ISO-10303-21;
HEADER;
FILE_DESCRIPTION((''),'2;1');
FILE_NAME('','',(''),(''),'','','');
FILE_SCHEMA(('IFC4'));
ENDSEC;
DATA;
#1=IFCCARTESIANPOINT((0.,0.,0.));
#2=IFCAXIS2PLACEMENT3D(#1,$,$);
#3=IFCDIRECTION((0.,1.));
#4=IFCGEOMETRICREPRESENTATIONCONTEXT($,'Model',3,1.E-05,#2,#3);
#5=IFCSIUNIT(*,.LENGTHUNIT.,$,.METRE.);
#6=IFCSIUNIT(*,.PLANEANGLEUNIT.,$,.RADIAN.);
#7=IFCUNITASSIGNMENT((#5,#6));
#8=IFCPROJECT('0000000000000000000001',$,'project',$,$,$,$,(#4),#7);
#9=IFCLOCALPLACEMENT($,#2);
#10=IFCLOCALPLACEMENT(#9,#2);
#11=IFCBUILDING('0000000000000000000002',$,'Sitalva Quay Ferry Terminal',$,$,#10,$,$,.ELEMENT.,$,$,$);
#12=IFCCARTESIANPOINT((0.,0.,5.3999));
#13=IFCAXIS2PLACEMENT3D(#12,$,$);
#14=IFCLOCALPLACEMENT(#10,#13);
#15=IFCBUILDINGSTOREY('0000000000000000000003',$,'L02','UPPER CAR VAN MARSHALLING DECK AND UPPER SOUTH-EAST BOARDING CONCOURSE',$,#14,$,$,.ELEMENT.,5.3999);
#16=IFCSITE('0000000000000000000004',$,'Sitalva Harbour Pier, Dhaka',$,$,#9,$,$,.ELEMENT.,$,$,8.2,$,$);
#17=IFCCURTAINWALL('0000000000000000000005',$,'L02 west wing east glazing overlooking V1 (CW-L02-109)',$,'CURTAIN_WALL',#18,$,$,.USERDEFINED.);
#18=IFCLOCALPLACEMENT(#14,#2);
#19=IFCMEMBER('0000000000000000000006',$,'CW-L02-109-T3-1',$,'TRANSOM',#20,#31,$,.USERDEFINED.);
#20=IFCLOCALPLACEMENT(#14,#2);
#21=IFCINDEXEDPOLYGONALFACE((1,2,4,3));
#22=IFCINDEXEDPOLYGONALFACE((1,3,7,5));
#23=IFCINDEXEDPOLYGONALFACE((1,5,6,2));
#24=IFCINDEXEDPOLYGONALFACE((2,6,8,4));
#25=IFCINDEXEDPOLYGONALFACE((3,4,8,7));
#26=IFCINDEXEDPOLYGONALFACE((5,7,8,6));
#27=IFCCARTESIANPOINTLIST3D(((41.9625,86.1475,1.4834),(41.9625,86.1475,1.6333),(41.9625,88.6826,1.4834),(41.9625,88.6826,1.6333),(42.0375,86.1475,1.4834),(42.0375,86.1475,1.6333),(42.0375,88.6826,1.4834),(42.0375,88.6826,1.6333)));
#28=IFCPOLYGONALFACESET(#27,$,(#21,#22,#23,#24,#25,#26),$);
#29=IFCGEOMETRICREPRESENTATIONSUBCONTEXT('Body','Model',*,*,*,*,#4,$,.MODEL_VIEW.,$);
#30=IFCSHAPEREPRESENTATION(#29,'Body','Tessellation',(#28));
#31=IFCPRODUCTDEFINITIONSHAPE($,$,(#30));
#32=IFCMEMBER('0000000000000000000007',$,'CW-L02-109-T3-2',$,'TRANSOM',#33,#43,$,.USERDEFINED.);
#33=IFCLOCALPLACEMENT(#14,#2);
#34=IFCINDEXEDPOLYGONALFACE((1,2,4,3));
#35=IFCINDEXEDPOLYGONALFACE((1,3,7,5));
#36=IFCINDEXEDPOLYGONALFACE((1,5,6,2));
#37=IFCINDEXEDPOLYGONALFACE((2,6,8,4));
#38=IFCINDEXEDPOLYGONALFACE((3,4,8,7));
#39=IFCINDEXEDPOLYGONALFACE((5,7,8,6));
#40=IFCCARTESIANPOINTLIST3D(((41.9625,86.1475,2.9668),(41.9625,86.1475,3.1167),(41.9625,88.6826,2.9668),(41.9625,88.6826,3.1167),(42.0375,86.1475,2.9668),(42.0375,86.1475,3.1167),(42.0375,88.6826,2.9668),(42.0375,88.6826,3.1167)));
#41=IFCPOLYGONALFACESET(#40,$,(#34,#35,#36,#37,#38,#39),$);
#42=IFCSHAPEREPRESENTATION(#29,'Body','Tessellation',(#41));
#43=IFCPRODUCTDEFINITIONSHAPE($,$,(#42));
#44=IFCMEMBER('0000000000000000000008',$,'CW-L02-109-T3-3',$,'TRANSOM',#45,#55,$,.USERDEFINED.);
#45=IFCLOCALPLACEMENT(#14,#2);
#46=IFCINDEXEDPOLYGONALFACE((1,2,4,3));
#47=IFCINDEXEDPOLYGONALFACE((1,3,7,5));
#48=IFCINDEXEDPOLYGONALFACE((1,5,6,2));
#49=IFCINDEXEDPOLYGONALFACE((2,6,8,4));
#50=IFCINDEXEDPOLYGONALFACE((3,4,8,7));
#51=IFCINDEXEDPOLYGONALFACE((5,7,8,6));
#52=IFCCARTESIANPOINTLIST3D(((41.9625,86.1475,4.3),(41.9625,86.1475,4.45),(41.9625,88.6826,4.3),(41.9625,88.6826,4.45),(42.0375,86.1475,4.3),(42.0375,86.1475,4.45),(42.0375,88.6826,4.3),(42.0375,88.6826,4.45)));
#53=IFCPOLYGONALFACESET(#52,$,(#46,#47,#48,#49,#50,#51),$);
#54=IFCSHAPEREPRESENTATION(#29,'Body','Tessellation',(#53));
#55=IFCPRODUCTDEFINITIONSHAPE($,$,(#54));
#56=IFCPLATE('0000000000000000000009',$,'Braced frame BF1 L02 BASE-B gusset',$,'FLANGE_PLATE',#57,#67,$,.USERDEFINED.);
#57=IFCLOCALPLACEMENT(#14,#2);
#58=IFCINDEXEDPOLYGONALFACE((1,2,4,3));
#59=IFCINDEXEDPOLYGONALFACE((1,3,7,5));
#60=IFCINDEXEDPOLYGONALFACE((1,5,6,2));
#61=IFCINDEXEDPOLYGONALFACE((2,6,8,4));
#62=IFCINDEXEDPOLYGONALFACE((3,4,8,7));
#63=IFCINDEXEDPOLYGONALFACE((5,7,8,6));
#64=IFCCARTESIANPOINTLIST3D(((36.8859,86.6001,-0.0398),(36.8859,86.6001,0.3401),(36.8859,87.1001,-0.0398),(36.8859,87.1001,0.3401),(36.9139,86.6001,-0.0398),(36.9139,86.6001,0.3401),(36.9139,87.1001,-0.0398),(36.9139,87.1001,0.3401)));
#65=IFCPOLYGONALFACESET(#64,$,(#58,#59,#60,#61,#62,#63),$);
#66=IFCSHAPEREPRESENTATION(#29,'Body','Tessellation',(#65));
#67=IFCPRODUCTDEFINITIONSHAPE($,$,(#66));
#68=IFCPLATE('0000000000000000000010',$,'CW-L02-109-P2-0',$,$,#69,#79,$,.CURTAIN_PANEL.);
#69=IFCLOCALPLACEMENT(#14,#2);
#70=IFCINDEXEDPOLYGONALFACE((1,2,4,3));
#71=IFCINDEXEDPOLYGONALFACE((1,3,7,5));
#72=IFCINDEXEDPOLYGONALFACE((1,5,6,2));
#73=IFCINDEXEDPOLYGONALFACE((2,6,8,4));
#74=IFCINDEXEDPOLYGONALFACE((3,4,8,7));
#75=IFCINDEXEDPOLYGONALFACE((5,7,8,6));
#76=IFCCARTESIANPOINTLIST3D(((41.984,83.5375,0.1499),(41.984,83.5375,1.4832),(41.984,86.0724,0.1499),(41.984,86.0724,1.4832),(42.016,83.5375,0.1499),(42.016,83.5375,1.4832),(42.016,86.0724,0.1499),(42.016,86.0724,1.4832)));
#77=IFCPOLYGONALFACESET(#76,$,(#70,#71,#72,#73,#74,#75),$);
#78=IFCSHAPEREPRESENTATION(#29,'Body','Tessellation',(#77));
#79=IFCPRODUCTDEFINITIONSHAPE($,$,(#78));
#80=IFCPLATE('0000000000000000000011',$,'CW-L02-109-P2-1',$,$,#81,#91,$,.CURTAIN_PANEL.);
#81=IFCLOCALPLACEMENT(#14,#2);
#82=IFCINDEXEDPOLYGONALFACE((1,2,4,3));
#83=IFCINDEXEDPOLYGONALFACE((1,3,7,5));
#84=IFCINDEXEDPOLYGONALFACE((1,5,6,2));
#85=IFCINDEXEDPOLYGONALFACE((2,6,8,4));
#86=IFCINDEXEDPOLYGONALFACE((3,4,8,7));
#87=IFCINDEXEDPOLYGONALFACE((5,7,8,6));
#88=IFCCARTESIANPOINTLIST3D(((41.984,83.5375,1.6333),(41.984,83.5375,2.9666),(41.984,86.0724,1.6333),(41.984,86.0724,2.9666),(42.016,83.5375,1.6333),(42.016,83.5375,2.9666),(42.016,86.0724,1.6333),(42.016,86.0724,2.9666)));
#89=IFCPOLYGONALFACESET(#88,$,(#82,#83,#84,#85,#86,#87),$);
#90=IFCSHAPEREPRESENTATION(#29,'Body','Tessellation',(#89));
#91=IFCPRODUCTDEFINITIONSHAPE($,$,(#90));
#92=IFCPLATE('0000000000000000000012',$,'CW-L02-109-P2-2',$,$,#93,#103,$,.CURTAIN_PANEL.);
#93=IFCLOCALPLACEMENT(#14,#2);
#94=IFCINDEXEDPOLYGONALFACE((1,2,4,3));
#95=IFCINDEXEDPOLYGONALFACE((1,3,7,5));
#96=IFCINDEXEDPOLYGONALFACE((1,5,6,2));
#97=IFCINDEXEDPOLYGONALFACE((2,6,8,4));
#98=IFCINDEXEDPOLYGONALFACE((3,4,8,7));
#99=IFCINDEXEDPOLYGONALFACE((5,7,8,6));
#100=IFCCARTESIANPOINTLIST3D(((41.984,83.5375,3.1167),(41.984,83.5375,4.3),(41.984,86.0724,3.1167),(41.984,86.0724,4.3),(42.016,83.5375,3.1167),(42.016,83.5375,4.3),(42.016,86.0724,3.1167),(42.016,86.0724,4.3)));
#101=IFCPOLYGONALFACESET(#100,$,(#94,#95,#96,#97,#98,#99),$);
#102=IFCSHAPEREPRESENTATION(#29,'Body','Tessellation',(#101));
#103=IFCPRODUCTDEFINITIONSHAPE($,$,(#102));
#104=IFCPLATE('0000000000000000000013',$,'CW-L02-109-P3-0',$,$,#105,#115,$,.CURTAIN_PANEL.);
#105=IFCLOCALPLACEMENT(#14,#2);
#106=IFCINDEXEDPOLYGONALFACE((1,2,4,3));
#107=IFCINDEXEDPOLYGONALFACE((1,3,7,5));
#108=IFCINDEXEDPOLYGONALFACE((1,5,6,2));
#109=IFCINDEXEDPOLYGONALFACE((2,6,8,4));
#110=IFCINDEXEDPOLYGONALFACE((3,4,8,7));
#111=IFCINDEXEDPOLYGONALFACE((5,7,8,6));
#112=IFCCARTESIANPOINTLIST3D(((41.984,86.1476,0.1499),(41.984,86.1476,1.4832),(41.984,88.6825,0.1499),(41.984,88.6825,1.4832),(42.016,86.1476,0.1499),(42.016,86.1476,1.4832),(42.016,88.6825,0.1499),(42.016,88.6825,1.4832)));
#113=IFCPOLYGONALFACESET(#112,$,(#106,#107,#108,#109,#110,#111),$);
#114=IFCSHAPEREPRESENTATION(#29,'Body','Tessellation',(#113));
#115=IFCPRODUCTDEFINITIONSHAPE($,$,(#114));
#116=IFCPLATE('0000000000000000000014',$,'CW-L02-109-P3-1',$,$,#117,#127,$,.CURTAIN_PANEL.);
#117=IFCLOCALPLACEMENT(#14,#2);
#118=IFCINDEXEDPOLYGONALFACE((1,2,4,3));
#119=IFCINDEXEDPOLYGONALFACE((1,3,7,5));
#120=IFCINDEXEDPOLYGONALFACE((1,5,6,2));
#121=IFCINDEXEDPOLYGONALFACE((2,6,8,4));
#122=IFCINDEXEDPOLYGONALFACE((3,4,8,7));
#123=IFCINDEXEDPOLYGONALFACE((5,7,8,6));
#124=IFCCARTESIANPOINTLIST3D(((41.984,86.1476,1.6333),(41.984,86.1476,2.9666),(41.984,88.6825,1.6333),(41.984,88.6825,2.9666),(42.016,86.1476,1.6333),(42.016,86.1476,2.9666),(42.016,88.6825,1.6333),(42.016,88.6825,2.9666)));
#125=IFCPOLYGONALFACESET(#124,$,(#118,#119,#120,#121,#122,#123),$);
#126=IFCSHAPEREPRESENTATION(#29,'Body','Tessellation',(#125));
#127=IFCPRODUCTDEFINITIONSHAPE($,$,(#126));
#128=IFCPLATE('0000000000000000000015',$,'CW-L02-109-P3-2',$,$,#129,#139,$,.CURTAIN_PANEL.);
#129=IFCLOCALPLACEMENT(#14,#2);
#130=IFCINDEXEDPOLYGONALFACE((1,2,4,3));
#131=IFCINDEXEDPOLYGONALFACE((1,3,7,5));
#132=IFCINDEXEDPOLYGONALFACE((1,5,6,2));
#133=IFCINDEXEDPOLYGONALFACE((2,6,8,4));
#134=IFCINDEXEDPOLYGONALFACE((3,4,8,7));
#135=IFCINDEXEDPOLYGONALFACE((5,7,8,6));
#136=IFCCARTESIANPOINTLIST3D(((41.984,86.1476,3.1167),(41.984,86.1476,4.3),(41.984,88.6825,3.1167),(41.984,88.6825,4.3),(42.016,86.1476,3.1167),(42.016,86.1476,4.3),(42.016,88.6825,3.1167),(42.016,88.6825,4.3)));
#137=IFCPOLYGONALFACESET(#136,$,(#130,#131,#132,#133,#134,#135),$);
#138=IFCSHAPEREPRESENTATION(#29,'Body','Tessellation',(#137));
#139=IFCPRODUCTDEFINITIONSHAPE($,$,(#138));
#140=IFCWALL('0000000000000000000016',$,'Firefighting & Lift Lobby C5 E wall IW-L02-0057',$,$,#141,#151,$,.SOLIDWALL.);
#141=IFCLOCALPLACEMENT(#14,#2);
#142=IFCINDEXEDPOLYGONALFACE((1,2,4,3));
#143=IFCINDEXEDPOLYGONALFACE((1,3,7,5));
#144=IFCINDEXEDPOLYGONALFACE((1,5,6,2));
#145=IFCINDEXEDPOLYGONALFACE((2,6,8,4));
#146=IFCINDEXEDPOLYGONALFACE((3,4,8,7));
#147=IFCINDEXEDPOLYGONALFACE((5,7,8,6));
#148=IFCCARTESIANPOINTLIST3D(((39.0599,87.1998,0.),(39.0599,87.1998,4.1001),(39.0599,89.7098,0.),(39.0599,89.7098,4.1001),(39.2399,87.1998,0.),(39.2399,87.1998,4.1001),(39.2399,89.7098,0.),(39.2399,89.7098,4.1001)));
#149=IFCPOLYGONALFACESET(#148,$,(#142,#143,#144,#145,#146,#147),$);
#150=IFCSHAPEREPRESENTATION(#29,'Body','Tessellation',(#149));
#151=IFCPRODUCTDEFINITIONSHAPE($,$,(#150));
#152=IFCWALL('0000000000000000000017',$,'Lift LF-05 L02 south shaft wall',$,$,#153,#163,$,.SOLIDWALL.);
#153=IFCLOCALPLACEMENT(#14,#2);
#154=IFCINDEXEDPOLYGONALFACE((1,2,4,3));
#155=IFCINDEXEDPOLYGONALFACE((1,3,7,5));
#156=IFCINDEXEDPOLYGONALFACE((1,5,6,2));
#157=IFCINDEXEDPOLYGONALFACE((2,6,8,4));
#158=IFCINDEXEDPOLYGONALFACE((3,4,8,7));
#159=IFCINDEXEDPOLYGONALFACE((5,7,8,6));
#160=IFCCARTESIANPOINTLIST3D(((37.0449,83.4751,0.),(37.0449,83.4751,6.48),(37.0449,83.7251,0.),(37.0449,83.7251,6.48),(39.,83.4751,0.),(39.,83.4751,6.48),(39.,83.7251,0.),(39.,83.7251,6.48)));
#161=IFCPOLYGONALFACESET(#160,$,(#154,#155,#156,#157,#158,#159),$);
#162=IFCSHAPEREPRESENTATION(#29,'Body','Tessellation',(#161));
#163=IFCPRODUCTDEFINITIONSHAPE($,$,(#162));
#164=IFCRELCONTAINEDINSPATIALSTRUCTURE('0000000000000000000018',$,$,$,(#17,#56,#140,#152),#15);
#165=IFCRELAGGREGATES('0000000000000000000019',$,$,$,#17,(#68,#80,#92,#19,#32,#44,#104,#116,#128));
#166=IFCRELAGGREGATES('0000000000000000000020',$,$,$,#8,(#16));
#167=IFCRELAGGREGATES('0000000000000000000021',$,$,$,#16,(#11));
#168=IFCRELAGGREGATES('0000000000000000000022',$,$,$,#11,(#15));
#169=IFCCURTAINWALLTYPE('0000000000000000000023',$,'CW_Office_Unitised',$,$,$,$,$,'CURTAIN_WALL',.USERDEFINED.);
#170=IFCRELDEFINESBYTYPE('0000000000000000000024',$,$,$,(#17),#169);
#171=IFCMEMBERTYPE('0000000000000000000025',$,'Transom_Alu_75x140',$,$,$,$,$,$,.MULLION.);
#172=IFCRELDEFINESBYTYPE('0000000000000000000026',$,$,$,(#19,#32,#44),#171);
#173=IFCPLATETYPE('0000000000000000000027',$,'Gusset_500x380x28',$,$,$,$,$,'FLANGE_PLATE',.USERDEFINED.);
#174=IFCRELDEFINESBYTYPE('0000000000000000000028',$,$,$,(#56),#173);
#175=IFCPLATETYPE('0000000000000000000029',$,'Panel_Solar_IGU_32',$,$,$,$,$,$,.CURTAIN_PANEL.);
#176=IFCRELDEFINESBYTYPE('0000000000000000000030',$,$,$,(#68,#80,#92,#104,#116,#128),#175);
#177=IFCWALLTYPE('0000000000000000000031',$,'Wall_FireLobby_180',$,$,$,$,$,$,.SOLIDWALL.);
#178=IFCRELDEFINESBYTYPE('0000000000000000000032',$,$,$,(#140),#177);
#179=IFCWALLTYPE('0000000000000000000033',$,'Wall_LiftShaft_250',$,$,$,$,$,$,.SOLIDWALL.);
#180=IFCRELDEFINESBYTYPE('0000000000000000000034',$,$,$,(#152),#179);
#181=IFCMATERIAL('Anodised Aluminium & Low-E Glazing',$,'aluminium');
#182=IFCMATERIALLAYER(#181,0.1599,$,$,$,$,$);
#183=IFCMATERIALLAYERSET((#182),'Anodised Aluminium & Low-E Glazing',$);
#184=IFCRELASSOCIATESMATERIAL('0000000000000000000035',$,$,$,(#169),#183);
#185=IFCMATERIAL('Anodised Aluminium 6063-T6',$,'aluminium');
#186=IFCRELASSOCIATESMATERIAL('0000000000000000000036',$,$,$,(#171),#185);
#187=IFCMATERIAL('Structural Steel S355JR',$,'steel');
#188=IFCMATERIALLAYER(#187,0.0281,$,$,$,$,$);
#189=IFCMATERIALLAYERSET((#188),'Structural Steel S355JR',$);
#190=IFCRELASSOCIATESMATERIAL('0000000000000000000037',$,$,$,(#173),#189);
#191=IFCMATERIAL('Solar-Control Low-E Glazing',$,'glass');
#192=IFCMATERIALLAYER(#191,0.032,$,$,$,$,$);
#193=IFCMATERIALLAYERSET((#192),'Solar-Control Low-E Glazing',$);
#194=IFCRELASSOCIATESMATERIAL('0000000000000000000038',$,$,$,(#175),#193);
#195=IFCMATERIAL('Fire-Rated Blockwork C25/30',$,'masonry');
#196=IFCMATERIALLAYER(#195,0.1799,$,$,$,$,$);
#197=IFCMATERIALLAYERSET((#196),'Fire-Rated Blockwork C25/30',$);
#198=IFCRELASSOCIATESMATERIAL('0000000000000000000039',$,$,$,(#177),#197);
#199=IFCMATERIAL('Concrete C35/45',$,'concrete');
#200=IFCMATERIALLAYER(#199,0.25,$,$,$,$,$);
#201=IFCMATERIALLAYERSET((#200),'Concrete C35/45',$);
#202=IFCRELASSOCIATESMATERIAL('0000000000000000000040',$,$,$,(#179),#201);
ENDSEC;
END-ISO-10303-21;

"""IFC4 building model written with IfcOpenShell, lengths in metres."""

from ifc_helpers import new_model, si_unit, direction, frame, frame_2d, origin, origin_2d, place, context, subcontext, project, spatial, rectangle, extrude, material, layer, layer_set, material_profile, profile_set, type_object, element, aggregate, save


model = new_model("IFC4")

# Units and contexts
model_context = context("Model", 3, precision=1e-05, world=origin(), true_north=direction((0.0, 1.0)))
body_context = subcontext(model_context, "Body", "Model", "MODEL_VIEW")
ifc_project = project(units=[si_unit("LENGTHUNIT", "METRE"), si_unit("PLANEANGLEUNIT", "RADIAN")], contexts=[model_context])

# Site, building, storey
site_placement = place(None, origin())
site = spatial("IfcSite", under=ifc_project, at=site_placement, Name="Sitalva Harbour Pier, Dhaka", CompositionType="ELEMENT", RefElevation=8.2)
building_placement = place(site_placement, origin())
building = spatial("IfcBuilding", under=site, at=building_placement, Name="Sitalva Quay Ferry Terminal", CompositionType="ELEMENT")
storey_placement = place(building_placement, frame((0.0, 0.0, 5.3999)))
storey = spatial("IfcBuildingStorey", under=building, at=storey_placement, Name="L02", Description="UPPER CAR VAN MARSHALLING DECK AND UPPER SOUTH-EAST BOARDING CONCOURSE", CompositionType="ELEMENT", Elevation=5.3999)

# Curtain wall, members
ifc_material_1 = material(Name="Anodised Aluminium & Low-E Glazing", Category="aluminium")
ifc_layer_1 = layer(ifc_material_1, 0.1599)
ifc_layer_set_1 = layer_set([ifc_layer_1], Name="Anodised Aluminium & Low-E Glazing")
curtain_wall_type = type_object("IfcCurtainWallType", Name="CW_Office_Unitised", ElementType="CURTAIN_WALL", PredefinedType="USERDEFINED", material=ifc_layer_set_1)
curtain_wall_placement = place(storey_placement, origin())
curtain_wall = element("IfcCurtainWall", 1, at=curtain_wall_placement, inside=storey, type_object=curtain_wall_type, Name="L02 west wing east glazing overlooking V1 (CW-L02-109)", ObjectType="CURTAIN_WALL", PredefinedType="USERDEFINED")
ifc_material_2 = material(Name="Anodised Aluminium 6063-T6", Category="aluminium")
ifc_material_profile_1 = material_profile(ifc_material_2, rectangle(XDim=0.075, YDim=0.1499, at=origin_2d()), Name="ALU75x150")
ifc_profile_set_1 = profile_set([ifc_material_profile_1], Name="Anodised Aluminium 6063-T6")
member_type_1 = type_object("IfcMemberType", Name="Transom_Alu_75x140", PredefinedType="MULLION", material=ifc_profile_set_1)
member_1_placement = place(storey_placement, frame((42.0, 86.1475, 1.5583), z_axis=(0.0, 1.0, 0.0), x_axis=(-1.0, 0.0, 0.0)))
member_1 = element("IfcMember", 2, at=member_1_placement, type_object=member_type_1, Name="CW-L02-109-T3-1", ObjectType="TRANSOM", PredefinedType="USERDEFINED", context=body_context, shape_type="SweptSolid", body=[
    extrude(rectangle(XDim=0.075, YDim=0.1499, at=origin_2d()), origin(), (0.0, 0.0, 1.0), 2.5352),
])
member_2_placement = place(storey_placement, frame((42.0, 86.1475, 3.0417), z_axis=(0.0, 1.0, 0.0), x_axis=(-1.0, 0.0, 0.0)))
member_2 = element("IfcMember", 3, at=member_2_placement, type_object=member_type_1, Name="CW-L02-109-T3-2", ObjectType="TRANSOM", PredefinedType="USERDEFINED", context=body_context, shape_type="SweptSolid", body=[
    extrude(rectangle(XDim=0.075, YDim=0.1499, at=origin_2d()), origin(), (0.0, 0.0, 1.0), 2.5352),
])
member_3_placement = place(storey_placement, frame((42.0, 86.1475, 4.375), z_axis=(0.0, 1.0, 0.0), x_axis=(-1.0, 0.0, 0.0)))
member_3 = element("IfcMember", 4, at=member_3_placement, type_object=member_type_1, Name="CW-L02-109-T3-3", ObjectType="TRANSOM", PredefinedType="USERDEFINED", context=body_context, shape_type="SweptSolid", body=[
    extrude(rectangle(XDim=0.075, YDim=0.1499, at=origin_2d()), origin(), (0.0, 0.0, 1.0), 2.5352),
])

# Plates
ifc_material_3 = material(Name="Structural Steel S355JR", Category="steel")
ifc_layer_2 = layer(ifc_material_3, 0.0281)
ifc_layer_set_2 = layer_set([ifc_layer_2], Name="Structural Steel S355JR")
plate_type_1 = type_object("IfcPlateType", Name="Gusset_500x380x28", ElementType="FLANGE_PLATE", PredefinedType="USERDEFINED", material=ifc_layer_set_2)
plate_1_placement = place(storey_placement, frame((36.8999, 86.8501, -0.0398), z_axis=(0.0, 0.0, 1.0), x_axis=(1.0, 0.0, 0.0)))
element("IfcPlate", 5, at=plate_1_placement, inside=storey, type_object=plate_type_1, Name="Braced frame BF1 L02 BASE-B gusset", ObjectType="FLANGE_PLATE", PredefinedType="USERDEFINED", context=body_context, shape_type="SweptSolid", body=[
    extrude(rectangle(XDim=0.0281, YDim=0.5, at=origin_2d()), origin(), (0.0, 0.0, 1.0), 0.3799),
])
ifc_material_4 = material(Name="Solar-Control Low-E Glazing", Category="glass")
ifc_layer_3 = layer(ifc_material_4, 0.032)
ifc_layer_set_3 = layer_set([ifc_layer_3], Name="Solar-Control Low-E Glazing")
plate_type_2 = type_object("IfcPlateType", Name="Panel_Solar_IGU_32", PredefinedType="CURTAIN_PANEL", material=ifc_layer_set_3)
plate_2_placement = place(storey_placement, frame((42.0, 84.8049, 0.1499), z_axis=(0.0, 0.0, 1.0), x_axis=(0.0, 1.0, 0.0)))
plate_2 = element("IfcPlate", 6, at=plate_2_placement, type_object=plate_type_2, Name="CW-L02-109-P2-0", PredefinedType="CURTAIN_PANEL", context=body_context, shape_type="SweptSolid", body=[
    extrude(rectangle(XDim=2.5349, YDim=0.032, at=origin_2d()), origin(), (0.0, 0.0, 1.0), 1.3333),
])
plate_3_placement = place(storey_placement, frame((42.0, 84.8049, 1.6333), z_axis=(0.0, 0.0, 1.0), x_axis=(0.0, 1.0, 0.0)))
plate_3 = element("IfcPlate", 7, at=plate_3_placement, type_object=plate_type_2, Name="CW-L02-109-P2-1", PredefinedType="CURTAIN_PANEL", context=body_context, shape_type="SweptSolid", body=[
    extrude(rectangle(XDim=2.5349, YDim=0.032, at=origin_2d()), origin(), (0.0, 0.0, 1.0), 1.3333),
])
plate_4_placement = place(storey_placement, frame((42.0, 84.8049, 3.1167), z_axis=(0.0, 0.0, 1.0), x_axis=(0.0, 1.0, 0.0)))
plate_4 = element("IfcPlate", 8, at=plate_4_placement, type_object=plate_type_2, Name="CW-L02-109-P2-2", PredefinedType="CURTAIN_PANEL", context=body_context, shape_type="SweptSolid", body=[
    extrude(rectangle(XDim=2.5349, YDim=0.032, at=origin_2d()), origin(), (0.0, 0.0, 1.0), 1.1833),
])
plate_5_placement = place(storey_placement, frame((42.0, 87.415, 0.1499), z_axis=(0.0, 0.0, 1.0), x_axis=(0.0, 1.0, 0.0)))
plate_5 = element("IfcPlate", 9, at=plate_5_placement, type_object=plate_type_2, Name="CW-L02-109-P3-0", PredefinedType="CURTAIN_PANEL", context=body_context, shape_type="SweptSolid", body=[
    extrude(rectangle(XDim=2.5349, YDim=0.032, at=origin_2d()), origin(), (0.0, 0.0, 1.0), 1.3333),
])
plate_6_placement = place(storey_placement, frame((42.0, 87.415, 1.6333), z_axis=(0.0, 0.0, 1.0), x_axis=(0.0, 1.0, 0.0)))
plate_6 = element("IfcPlate", 10, at=plate_6_placement, type_object=plate_type_2, Name="CW-L02-109-P3-1", PredefinedType="CURTAIN_PANEL", context=body_context, shape_type="SweptSolid", body=[
    extrude(rectangle(XDim=2.5349, YDim=0.032, at=origin_2d()), origin(), (0.0, 0.0, 1.0), 1.3333),
])
plate_7_placement = place(storey_placement, frame((42.0, 87.415, 3.1167), z_axis=(0.0, 0.0, 1.0), x_axis=(0.0, 1.0, 0.0)))
plate_7 = element("IfcPlate", 11, at=plate_7_placement, type_object=plate_type_2, Name="CW-L02-109-P3-2", PredefinedType="CURTAIN_PANEL", context=body_context, shape_type="SweptSolid", body=[
    extrude(rectangle(XDim=2.5349, YDim=0.032, at=origin_2d()), origin(), (0.0, 0.0, 1.0), 1.1833),
])
aggregate(curtain_wall, [plate_2, plate_3, plate_4, member_1, member_2, member_3, plate_5, plate_6, plate_7])

# Wall
ifc_material_5 = material(Name="Fire-Rated Blockwork C25/30", Category="masonry")
ifc_layer_4 = layer(ifc_material_5, 0.1799)
ifc_layer_set_4 = layer_set([ifc_layer_4], Name="Fire-Rated Blockwork C25/30")
wall_type_1 = type_object("IfcWallType", Name="Wall_FireLobby_180", PredefinedType="SOLIDWALL", material=ifc_layer_set_4)
wall_1_placement = place(storey_placement, frame((39.1499, 87.2, 0.0), z_axis=(0.0, 0.0, 1.0), x_axis=(0.0, 1.0, 0.0)))
element("IfcWall", 12, at=wall_1_placement, inside=storey, type_object=wall_type_1, Name="Firefighting & Lift Lobby C5 E wall IW-L02-0057", PredefinedType="SOLIDWALL", context=body_context, shape_type="SweptSolid", body=[
    extrude(rectangle(XDim=2.51, YDim=0.1799, at=frame_2d((1.2549, 0.0))), origin(), (0.0, 0.0, 1.0), 4.1001),
])

# Wall
ifc_material_6 = material(Name="Concrete C35/45", Category="concrete")
ifc_layer_5 = layer(ifc_material_6, 0.25)
ifc_layer_set_5 = layer_set([ifc_layer_5], Name="Concrete C35/45")
wall_type_2 = type_object("IfcWallType", Name="Wall_LiftShaft_250", PredefinedType="SOLIDWALL", material=ifc_layer_set_5)
wall_2_placement = place(storey_placement, frame((37.0449, 83.6001, 0.0), z_axis=(0.0, 0.0, 1.0), x_axis=(1.0, 0.0, 0.0)))
element("IfcWall", 13, at=wall_2_placement, inside=storey, type_object=wall_type_2, Name="Lift LF-05 L02 south shaft wall", PredefinedType="SOLIDWALL", context=body_context, shape_type="SweptSolid", body=[
    extrude(rectangle(XDim=1.9551, YDim=0.25, at=frame_2d((0.9775, 0.0))), origin(), (0.0, 0.0, 1.0), 6.48),
])

save(model, "model.ifc")
